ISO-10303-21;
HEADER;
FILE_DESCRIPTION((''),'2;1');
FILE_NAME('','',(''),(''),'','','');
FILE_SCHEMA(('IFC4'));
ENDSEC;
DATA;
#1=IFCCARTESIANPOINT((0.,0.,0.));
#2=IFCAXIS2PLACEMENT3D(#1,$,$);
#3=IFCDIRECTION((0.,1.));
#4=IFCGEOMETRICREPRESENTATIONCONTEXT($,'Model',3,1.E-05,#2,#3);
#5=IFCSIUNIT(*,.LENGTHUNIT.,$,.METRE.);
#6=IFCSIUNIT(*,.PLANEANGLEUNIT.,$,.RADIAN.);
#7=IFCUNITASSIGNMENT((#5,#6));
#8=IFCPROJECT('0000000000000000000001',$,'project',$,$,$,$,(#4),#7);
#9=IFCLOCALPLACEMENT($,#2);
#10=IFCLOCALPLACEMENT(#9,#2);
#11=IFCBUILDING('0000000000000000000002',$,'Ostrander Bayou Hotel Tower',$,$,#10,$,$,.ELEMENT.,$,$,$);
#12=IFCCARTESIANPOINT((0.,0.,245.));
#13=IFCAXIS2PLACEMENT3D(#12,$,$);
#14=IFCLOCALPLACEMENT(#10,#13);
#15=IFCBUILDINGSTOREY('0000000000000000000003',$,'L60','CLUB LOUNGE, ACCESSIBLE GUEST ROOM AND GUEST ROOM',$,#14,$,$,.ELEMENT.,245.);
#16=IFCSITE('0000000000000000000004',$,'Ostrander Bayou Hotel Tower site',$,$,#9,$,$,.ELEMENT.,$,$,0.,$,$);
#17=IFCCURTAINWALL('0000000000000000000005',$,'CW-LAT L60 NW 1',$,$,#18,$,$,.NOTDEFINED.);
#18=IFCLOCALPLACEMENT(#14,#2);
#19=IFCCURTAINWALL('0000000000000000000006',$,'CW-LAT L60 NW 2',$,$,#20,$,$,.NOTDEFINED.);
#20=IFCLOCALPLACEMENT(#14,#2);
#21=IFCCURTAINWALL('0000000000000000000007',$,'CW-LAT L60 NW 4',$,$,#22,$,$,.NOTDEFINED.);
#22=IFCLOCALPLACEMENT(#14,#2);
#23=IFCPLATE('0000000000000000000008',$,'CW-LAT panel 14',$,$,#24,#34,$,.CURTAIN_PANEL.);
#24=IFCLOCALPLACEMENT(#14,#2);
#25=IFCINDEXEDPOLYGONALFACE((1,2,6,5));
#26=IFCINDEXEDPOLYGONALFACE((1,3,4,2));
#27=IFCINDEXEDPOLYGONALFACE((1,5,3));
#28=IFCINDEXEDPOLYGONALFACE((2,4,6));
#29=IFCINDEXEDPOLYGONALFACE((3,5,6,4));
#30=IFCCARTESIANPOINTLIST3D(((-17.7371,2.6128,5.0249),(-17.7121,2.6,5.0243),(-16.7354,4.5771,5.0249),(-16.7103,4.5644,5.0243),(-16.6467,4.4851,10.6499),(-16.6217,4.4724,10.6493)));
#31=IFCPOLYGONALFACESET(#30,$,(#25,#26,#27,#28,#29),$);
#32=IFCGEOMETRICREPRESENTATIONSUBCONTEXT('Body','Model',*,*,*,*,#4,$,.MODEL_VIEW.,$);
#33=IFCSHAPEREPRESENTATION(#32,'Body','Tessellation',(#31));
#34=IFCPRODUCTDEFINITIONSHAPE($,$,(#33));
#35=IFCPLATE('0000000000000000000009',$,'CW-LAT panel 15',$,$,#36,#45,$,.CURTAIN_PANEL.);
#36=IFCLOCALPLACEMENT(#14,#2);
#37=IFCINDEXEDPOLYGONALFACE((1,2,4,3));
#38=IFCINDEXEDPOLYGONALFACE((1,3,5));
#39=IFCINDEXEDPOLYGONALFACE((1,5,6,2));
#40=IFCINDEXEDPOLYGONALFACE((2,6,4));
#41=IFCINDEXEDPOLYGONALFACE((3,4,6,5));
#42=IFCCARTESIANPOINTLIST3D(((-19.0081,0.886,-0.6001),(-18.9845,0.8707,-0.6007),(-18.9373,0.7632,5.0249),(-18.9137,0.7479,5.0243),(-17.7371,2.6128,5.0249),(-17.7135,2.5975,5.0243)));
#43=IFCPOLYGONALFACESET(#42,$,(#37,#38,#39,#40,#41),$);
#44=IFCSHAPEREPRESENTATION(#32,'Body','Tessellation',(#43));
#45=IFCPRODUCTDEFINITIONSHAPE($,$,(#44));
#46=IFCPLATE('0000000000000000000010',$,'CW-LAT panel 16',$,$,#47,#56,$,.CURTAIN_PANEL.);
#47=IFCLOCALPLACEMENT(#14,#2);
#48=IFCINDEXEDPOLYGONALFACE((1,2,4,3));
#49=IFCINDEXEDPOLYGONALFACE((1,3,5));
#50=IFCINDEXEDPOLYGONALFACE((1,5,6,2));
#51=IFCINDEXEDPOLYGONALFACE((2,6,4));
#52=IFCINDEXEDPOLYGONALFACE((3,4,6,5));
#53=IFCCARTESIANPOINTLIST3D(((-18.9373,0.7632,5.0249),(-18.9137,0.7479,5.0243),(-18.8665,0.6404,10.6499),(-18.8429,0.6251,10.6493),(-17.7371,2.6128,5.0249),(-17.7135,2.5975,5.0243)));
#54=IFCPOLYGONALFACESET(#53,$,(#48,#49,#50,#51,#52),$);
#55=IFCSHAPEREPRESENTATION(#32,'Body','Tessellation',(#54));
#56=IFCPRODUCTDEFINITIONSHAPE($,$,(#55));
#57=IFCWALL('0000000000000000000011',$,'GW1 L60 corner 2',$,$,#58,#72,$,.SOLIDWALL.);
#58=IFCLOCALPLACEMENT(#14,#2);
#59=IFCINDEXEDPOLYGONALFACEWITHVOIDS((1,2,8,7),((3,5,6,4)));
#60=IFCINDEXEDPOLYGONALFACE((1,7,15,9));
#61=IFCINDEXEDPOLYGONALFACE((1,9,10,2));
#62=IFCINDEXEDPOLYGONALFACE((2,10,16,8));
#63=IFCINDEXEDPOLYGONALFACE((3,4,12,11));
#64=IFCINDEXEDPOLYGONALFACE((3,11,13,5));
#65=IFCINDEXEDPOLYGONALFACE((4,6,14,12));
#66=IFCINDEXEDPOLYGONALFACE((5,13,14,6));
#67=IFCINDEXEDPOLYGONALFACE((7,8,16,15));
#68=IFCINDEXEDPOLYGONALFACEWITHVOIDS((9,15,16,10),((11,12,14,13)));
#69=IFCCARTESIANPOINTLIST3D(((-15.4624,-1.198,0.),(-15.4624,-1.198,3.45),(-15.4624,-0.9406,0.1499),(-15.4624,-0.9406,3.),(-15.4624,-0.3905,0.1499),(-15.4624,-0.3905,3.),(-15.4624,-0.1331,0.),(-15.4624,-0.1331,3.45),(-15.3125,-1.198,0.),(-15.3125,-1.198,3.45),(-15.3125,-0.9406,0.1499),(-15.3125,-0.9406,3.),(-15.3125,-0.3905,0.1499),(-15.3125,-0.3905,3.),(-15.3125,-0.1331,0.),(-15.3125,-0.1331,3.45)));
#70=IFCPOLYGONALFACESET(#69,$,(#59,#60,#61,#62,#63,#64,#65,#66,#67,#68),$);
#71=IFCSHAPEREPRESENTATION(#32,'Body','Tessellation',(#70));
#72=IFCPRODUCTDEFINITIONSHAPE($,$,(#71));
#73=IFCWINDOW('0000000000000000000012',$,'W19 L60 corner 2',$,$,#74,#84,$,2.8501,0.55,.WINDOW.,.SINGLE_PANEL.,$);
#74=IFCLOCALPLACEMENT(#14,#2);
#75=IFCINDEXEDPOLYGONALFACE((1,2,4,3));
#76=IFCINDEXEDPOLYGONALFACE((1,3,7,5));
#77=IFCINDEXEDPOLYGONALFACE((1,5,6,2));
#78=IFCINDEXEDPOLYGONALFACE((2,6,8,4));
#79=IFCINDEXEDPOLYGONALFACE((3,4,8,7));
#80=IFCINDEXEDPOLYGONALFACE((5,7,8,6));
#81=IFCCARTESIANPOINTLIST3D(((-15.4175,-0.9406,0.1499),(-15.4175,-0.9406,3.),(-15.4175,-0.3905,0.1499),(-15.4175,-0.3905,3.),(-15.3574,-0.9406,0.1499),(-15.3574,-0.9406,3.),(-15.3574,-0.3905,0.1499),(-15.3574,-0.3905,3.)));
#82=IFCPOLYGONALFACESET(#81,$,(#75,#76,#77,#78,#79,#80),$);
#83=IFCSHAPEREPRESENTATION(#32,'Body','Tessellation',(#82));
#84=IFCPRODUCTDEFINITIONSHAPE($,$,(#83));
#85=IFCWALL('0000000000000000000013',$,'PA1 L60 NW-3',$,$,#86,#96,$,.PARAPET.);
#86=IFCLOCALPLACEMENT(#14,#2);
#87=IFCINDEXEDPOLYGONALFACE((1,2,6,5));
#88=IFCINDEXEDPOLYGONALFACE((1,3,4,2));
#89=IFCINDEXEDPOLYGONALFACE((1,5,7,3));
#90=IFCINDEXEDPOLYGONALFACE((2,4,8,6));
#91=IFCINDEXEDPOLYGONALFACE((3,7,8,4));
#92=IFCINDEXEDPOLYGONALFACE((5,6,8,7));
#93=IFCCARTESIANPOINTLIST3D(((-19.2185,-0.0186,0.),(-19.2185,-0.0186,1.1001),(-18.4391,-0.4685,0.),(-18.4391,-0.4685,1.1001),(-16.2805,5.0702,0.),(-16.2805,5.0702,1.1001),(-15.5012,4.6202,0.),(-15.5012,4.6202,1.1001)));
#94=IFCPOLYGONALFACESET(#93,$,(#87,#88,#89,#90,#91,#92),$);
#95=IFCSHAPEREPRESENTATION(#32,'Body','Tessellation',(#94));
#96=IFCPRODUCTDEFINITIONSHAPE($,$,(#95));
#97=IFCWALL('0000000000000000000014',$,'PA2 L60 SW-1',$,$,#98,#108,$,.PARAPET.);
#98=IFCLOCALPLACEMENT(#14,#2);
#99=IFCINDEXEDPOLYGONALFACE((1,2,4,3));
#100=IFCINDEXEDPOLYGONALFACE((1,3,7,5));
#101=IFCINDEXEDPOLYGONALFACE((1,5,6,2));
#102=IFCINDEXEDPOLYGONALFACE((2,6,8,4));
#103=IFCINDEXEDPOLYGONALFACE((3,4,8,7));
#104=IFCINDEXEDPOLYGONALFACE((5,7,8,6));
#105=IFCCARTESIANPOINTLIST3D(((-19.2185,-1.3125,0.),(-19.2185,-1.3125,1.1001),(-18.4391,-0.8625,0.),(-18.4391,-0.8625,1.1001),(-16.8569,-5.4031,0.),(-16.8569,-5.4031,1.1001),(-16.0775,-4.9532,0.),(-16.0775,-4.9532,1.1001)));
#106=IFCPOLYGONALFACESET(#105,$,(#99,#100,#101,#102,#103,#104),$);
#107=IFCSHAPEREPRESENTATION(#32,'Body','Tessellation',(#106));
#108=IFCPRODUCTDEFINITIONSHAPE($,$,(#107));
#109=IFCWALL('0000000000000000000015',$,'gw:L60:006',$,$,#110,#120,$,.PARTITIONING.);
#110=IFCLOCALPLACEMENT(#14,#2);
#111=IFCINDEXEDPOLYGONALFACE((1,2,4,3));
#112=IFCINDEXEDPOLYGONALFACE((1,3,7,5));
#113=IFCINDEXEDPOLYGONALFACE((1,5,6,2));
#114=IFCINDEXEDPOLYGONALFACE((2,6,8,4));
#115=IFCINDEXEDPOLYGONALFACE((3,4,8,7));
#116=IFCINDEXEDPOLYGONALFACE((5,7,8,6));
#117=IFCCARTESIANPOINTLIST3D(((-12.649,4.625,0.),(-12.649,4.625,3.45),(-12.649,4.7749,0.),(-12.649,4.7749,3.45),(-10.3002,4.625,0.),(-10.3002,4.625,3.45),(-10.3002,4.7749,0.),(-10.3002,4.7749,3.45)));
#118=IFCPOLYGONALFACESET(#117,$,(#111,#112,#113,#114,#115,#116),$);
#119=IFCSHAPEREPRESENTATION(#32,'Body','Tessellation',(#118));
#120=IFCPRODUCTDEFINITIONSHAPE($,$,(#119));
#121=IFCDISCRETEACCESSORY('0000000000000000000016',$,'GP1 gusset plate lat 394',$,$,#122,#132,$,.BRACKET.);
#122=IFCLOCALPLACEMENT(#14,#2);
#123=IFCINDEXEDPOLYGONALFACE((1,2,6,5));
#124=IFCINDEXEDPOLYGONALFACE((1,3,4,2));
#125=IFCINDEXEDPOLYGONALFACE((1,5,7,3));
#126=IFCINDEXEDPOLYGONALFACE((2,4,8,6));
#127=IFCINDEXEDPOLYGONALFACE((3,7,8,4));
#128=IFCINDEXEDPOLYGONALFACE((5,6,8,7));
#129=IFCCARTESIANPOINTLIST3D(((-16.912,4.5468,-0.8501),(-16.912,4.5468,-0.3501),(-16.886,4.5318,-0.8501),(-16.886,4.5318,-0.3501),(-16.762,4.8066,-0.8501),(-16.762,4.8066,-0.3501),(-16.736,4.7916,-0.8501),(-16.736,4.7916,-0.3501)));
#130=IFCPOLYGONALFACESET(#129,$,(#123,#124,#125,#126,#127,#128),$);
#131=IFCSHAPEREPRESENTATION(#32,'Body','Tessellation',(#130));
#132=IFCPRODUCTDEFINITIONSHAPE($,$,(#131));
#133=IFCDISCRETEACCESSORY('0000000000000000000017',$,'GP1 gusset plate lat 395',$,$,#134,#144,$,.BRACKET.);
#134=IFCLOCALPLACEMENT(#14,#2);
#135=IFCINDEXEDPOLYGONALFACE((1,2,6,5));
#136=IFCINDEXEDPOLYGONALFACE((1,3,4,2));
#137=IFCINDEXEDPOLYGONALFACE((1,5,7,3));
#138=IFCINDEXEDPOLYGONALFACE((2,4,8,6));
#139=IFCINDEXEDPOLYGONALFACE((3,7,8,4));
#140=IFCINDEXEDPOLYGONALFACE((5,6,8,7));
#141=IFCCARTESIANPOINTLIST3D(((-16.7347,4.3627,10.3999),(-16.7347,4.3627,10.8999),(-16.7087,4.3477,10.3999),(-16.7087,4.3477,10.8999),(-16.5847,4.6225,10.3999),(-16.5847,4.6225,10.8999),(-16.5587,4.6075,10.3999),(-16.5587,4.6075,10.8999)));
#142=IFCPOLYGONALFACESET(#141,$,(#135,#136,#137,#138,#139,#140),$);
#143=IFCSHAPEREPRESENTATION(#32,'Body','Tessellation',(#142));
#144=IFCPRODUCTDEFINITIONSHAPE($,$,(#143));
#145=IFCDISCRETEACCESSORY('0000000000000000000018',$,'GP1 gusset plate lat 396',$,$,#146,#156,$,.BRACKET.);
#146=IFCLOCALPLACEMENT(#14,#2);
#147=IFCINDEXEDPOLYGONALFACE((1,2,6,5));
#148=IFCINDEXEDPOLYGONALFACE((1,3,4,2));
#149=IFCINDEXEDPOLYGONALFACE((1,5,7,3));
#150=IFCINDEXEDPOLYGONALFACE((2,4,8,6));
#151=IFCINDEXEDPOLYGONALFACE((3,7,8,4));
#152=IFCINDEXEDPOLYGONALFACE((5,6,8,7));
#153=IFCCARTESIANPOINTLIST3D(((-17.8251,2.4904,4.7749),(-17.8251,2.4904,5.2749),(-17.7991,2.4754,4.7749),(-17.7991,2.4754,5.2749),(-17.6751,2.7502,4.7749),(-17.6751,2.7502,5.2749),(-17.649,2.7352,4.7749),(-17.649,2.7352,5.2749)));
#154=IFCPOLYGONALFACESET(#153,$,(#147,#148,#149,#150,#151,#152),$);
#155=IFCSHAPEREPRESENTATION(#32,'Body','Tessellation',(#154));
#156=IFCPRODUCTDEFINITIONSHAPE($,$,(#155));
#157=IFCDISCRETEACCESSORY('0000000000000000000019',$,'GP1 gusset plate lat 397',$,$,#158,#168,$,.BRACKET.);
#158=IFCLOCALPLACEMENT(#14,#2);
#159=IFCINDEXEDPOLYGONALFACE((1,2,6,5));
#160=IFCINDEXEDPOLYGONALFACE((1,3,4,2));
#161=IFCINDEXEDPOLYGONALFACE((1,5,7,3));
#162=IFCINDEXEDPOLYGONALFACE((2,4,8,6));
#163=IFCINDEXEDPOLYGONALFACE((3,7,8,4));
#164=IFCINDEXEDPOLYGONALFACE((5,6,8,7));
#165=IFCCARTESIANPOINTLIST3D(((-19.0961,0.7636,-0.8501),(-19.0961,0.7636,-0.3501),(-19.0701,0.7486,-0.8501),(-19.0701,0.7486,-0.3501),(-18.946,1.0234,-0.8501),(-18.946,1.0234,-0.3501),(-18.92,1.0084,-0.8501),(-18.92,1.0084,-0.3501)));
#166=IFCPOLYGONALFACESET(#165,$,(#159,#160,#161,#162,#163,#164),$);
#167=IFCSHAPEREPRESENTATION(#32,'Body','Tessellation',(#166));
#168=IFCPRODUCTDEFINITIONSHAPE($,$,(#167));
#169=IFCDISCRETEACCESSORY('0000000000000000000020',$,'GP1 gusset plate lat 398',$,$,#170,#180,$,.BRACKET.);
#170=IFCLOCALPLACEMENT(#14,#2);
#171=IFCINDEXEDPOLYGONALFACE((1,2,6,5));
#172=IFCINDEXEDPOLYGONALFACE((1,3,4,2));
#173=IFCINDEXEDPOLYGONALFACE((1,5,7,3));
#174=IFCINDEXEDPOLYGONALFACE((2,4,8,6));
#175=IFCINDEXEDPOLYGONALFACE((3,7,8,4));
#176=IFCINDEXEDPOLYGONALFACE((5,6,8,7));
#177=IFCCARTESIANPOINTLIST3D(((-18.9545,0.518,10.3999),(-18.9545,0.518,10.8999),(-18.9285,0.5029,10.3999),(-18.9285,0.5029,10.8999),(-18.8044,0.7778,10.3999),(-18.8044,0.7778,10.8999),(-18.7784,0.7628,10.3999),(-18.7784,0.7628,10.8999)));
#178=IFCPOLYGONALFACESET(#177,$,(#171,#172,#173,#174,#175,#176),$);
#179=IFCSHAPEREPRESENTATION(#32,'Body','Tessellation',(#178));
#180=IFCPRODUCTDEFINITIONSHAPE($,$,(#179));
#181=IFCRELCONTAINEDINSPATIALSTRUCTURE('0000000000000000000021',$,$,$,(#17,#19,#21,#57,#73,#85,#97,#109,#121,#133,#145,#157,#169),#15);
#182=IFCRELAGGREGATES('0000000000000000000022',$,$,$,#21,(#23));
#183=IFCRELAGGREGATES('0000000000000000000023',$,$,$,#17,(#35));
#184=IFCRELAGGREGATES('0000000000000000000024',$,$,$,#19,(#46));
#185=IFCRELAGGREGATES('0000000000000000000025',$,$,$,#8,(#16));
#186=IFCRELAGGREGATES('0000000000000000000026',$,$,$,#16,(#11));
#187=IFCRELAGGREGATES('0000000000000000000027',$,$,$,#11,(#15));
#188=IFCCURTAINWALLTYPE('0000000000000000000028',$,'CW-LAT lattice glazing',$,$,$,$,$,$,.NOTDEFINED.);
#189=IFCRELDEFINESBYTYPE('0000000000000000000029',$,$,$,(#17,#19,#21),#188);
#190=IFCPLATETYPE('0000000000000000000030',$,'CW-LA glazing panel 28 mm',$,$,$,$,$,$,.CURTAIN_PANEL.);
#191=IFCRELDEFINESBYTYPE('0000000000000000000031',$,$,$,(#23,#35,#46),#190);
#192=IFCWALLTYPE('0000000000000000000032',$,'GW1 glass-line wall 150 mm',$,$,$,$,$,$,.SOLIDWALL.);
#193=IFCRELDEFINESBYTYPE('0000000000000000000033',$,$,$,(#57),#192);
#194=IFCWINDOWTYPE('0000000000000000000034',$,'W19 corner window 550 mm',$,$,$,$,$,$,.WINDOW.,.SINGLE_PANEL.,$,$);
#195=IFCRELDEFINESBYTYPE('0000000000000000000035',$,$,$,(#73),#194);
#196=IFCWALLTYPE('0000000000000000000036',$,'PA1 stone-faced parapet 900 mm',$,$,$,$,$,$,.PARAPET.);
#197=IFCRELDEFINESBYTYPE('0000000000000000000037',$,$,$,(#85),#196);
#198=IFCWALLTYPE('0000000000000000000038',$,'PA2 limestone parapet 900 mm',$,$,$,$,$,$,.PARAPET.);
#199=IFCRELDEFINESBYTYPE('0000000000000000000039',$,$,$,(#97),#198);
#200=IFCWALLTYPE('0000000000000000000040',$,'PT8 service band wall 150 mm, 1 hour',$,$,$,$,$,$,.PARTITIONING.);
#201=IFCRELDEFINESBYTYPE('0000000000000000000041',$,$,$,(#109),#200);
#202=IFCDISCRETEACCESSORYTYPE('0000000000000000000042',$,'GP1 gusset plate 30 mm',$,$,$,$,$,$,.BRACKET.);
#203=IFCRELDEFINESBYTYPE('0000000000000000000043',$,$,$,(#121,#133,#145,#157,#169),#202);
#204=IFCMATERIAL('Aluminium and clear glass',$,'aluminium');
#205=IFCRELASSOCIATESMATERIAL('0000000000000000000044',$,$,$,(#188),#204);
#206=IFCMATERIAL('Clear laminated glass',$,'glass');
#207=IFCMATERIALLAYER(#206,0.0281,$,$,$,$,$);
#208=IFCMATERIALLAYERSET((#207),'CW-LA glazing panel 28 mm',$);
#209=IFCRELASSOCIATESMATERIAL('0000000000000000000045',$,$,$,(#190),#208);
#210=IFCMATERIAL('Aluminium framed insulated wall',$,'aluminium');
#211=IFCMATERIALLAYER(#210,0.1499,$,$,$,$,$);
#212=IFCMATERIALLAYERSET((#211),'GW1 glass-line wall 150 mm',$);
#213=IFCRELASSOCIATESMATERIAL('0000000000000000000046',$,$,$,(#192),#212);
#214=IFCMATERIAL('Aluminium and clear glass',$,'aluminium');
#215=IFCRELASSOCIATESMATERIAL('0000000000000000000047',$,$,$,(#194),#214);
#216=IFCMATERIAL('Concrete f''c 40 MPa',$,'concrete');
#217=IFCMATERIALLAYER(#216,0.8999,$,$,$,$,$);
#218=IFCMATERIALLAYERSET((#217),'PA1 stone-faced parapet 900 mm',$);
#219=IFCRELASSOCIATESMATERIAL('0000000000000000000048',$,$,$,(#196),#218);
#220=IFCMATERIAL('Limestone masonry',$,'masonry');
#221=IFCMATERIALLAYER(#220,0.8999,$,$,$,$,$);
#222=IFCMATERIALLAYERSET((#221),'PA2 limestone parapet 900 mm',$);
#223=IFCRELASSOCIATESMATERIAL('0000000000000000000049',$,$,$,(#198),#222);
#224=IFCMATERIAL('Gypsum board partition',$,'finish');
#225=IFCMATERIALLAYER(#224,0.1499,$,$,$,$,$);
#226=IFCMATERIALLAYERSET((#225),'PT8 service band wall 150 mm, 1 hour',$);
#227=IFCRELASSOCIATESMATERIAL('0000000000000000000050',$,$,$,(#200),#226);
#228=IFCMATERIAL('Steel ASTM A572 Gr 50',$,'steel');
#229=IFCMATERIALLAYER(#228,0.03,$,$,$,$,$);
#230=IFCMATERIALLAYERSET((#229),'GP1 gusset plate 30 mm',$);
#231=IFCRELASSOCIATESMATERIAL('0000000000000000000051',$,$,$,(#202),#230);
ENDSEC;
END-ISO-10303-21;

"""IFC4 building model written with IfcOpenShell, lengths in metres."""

from ifc_helpers import new_model, si_unit, direction, frame, frame_2d, origin, origin_2d, place, context, subcontext, project, spatial, polyline, rectangle, outline, extrude, material, layer, layer_set, type_object, element, fill, aggregate, save


model = new_model("IFC4")

# Units and contexts
model_context = context("Model", 3, precision=1e-05, world=origin(), true_north=direction((0.0, 1.0)))
body_context = subcontext(model_context, "Body", "Model", "MODEL_VIEW")
ifc_project = project(units=[si_unit("LENGTHUNIT", "METRE"), si_unit("PLANEANGLEUNIT", "RADIAN")], contexts=[model_context])

# Site, building, storey
site_placement = place(None, origin())
site = spatial("IfcSite", under=ifc_project, at=site_placement, Name="Ostrander Bayou Hotel Tower site", CompositionType="ELEMENT", RefElevation=0.0)
building_placement = place(site_placement, origin())
building = spatial("IfcBuilding", under=site, at=building_placement, Name="Ostrander Bayou Hotel Tower", CompositionType="ELEMENT")
storey_placement = place(building_placement, frame((0.0, 0.0, 245.0)))
storey = spatial("IfcBuildingStorey", under=building, at=storey_placement, Name="L60", Description="CLUB LOUNGE, ACCESSIBLE GUEST ROOM AND GUEST ROOM", CompositionType="ELEMENT", Elevation=245.0)

# Curtain walls
ifc_material_1 = material(Name="Aluminium and clear glass", Category="aluminium")
curtain_wall_type = type_object("IfcCurtainWallType", Name="CW-LAT lattice glazing", PredefinedType="NOTDEFINED", material=ifc_material_1)
curtain_wall_1_placement = place(storey_placement, origin())
curtain_wall_1 = element("IfcCurtainWall", 1, at=curtain_wall_1_placement, inside=storey, type_object=curtain_wall_type, Name="CW-LAT L60 NW 1", PredefinedType="NOTDEFINED")
curtain_wall_2_placement = place(storey_placement, origin())
curtain_wall_2 = element("IfcCurtainWall", 2, at=curtain_wall_2_placement, inside=storey, type_object=curtain_wall_type, Name="CW-LAT L60 NW 2", PredefinedType="NOTDEFINED")

# Curtain wall, plate
ifc_material_2 = material(Name="Clear laminated glass", Category="glass")
ifc_layer_1 = layer(ifc_material_2, 0.0281)
ifc_layer_set_1 = layer_set([ifc_layer_1], Name="CW-LA glazing panel 28 mm")
plate_type = type_object("IfcPlateType", Name="CW-LA glazing panel 28 mm", PredefinedType="CURTAIN_PANEL", material=ifc_layer_set_1)
curtain_wall_3_placement = place(storey_placement, origin())
curtain_wall_3 = element("IfcCurtainWall", 3, at=curtain_wall_3_placement, inside=storey, type_object=curtain_wall_type, Name="CW-LAT L60 NW 4", PredefinedType="NOTDEFINED")
plate_1_placement = place(storey_placement, frame((-17.7371, 2.6128, 5.0249), z_axis=(-0.890651, 0.454181, 0.021464), x_axis=(0.180882, 0.310611, 0.933168)))
plate_1 = element("IfcPlate", 4, at=plate_1_placement, type_object=plate_type, Name="CW-LAT panel 14", PredefinedType="CURTAIN_PANEL", context=body_context, shape_type="SweptSolid", body=[
    extrude(outline(polyline([(0.0, 0.0), (6.0279, 0.0), (0.7913, 2.0581), (0.0, 0.0)])), origin(), (0.0, 0.0, -1.0), 0.0281),
])
aggregate(curtain_wall_3, [plate_1])

# Plates
plate_2_placement = place(storey_placement, frame((-17.7371, 2.6128, 5.0249), z_axis=(-0.838657, 0.544197, 0.022437), x_axis=(-0.211136, -0.286855, -0.934417)))
plate_2 = element("IfcPlate", 5, at=plate_2_placement, type_object=plate_type, Name="CW-LAT panel 15", PredefinedType="CURTAIN_PANEL", context=body_context, shape_type="SweptSolid", body=[
    extrude(outline(polyline([(0.0, 0.0), (6.0198, 0.0), (0.784, 2.0608), (0.0, 0.0)])), origin(), (0.0, 0.0, -1.0), 0.0281),
])
aggregate(curtain_wall_1, [plate_2])
plate_3_placement = place(storey_placement, frame((-17.7371, 2.6128, 5.0249), z_axis=(-0.838657, 0.544197, 0.022437), x_axis=(-0.186159, -0.325114, 0.927171)))
plate_3 = element("IfcPlate", 6, at=plate_3_placement, type_object=plate_type, Name="CW-LAT panel 16", PredefinedType="CURTAIN_PANEL", context=body_context, shape_type="SweptSolid", body=[
    extrude(outline(polyline([(0.0, 0.0), (6.0668, 0.0), (0.8248, -2.0448), (0.0, 0.0)])), origin(), (0.0, 0.0, -1.0), 0.0281),
])
aggregate(curtain_wall_2, [plate_3])

# Wall, opening, window
ifc_material_3 = material(Name="Aluminium framed insulated wall", Category="aluminium")
ifc_layer_2 = layer(ifc_material_3, 0.1499)
ifc_layer_set_2 = layer_set([ifc_layer_2], Name="GW1 glass-line wall 150 mm")
wall_type_1 = type_object("IfcWallType", Name="GW1 glass-line wall 150 mm", PredefinedType="SOLIDWALL", material=ifc_layer_set_2)
wall_1_placement = place(storey_placement, frame((-15.3875, -0.1331, 0.0), z_axis=(0.0, 0.0, 1.0), x_axis=(0.0, -1.0, 0.0)))
wall_1 = element("IfcWall", 7, at=wall_1_placement, inside=storey, type_object=wall_type_1, Name="GW1 L60 corner 2", PredefinedType="SOLIDWALL", context=body_context, shape_type="SweptSolid", body=[
    extrude(rectangle(XDim=1.0649, YDim=0.1499, at=frame_2d((0.5325, 0.0))), origin(), (0.0, 0.0, 1.0), 3.45),
])
opening_placement = place(wall_1_placement, frame((0.2576, 0.0, 0.1499)))
opening = element("IfcOpeningElement", 8, at=opening_placement, cuts=wall_1, PredefinedType="OPENING", context=body_context, shape_type="SweptSolid", body=[
    extrude(rectangle(XDim=0.55, YDim=2.8501, at=frame_2d((0.2749, 1.425))), frame((0.0, 0.075, 0.0), z_axis=(0.0, -1.0, 0.0), x_axis=(1.0, 0.0, 0.0)), (0.0, 0.0, 1.0), 0.1499),
])
ifc_material_4 = material(Name="Aluminium and clear glass", Category="aluminium")
window_type = type_object("IfcWindowType", Name="W19 corner window 550 mm", PartitioningType="SINGLE_PANEL", PredefinedType="WINDOW", material=ifc_material_4)
window_placement = place(opening_placement, origin())
window = element("IfcWindow", 9, at=window_placement, inside=storey, type_object=window_type, Name="W19 L60 corner 2", OverallHeight=2.8501, OverallWidth=0.55, PartitioningType="SINGLE_PANEL", PredefinedType="WINDOW", context=body_context, shape_type="SweptSolid", body=[
    extrude(rectangle(XDim=0.55, YDim=2.8501, at=frame_2d((0.2749, 1.425))), frame((0.0, 0.03, 0.0), z_axis=(0.0, -1.0, 0.0), x_axis=(1.0, 0.0, 0.0)), (0.0, 0.0, 1.0), 0.0601),
])
fill(opening, window)

# Walls
ifc_material_5 = material(Name="Concrete f'c 40 MPa", Category="concrete")
ifc_layer_3 = layer(ifc_material_5, 0.8999)
ifc_layer_set_3 = layer_set([ifc_layer_3], Name="PA1 stone-faced parapet 900 mm")
wall_type_2 = type_object("IfcWallType", Name="PA1 stone-faced parapet 900 mm", PredefinedType="PARAPET", material=ifc_layer_set_3)
wall_2_placement = place(storey_placement, frame((-15.8909, 4.8452, 0.0), z_axis=(0.0, 0.0, 1.0), x_axis=(-0.499991, -0.866031, 0.0)))
element("IfcWall", 10, at=wall_2_placement, inside=storey, type_object=wall_type_2, Name="PA1 L60 NW-3", PredefinedType="PARAPET", context=body_context, shape_type="SweptSolid", body=[
    extrude(rectangle(XDim=5.876, YDim=0.8999, at=frame_2d((2.938, 0.0))), origin(), (0.0, 0.0, 1.0), 1.1001),
])
ifc_material_6 = material(Name="Limestone masonry", Category="masonry")
ifc_layer_4 = layer(ifc_material_6, 0.8999)
ifc_layer_set_4 = layer_set([ifc_layer_4], Name="PA2 limestone parapet 900 mm")
wall_type_3 = type_object("IfcWallType", Name="PA2 limestone parapet 900 mm", PredefinedType="PARAPET", material=ifc_layer_set_4)
wall_3_placement = place(storey_placement, frame((-18.8289, -1.0874, 0.0), z_axis=(0.0, 0.0, 1.0), x_axis=(0.49998, -0.866037, 0.0)))
element("IfcWall", 11, at=wall_3_placement, inside=storey, type_object=wall_type_3, Name="PA2 L60 SW-1", PredefinedType="PARAPET", context=body_context, shape_type="SweptSolid", body=[
    extrude(rectangle(XDim=4.7234, YDim=0.8999, at=frame_2d((2.3618, 0.0))), origin(), (0.0, 0.0, 1.0), 1.1001),
])
ifc_material_7 = material(Name="Gypsum board partition", Category="finish")
ifc_layer_5 = layer(ifc_material_7, 0.1499)
ifc_layer_set_5 = layer_set([ifc_layer_5], Name="PT8 service band wall 150 mm, 1 hour")
wall_type_4 = type_object("IfcWallType", Name="PT8 service band wall 150 mm, 1 hour", PredefinedType="PARTITIONING", material=ifc_layer_set_5)
wall_4_placement = place(storey_placement, frame((-12.6489, 4.7, 0.0), z_axis=(0.0, 0.0, 1.0), x_axis=(1.0, 0.0, 0.0)))
element("IfcWall", 12, at=wall_4_placement, inside=storey, type_object=wall_type_4, Name="gw:L60:006", PredefinedType="PARTITIONING", context=body_context, shape_type="SweptSolid", body=[
    extrude(rectangle(XDim=2.3489, YDim=0.1499, at=frame_2d((1.1743, 0.0))), origin(), (0.0, 0.0, 1.0), 3.45),
])

# Discrete accessories
ifc_material_8 = material(Name="Steel ASTM A572 Gr 50", Category="steel")
ifc_layer_6 = layer(ifc_material_8, 0.03)
ifc_layer_set_6 = layer_set([ifc_layer_6], Name="GP1 gusset plate 30 mm")
discrete_accessory_type = type_object("IfcDiscreteAccessoryType", Name="GP1 gusset plate 30 mm", PredefinedType="BRACKET", material=ifc_layer_set_6)
for number, where, z_axis, x_axis, name in (
    (13, (-16.824, 4.6692, -0.8501), (0.0, 0.0, 1.0), (-0.5, -0.866025, 0.0), "GP1 gusset plate lat 394"),
    (14, (-16.6467, 4.4851, 10.3999), (0.0, 0.0, 1.0), (-0.5, -0.866025, 0.0), "GP1 gusset plate lat 395"),
    (15, (-17.7371, 2.6128, 4.7749), (0.0, 0.0, 1.0), (-0.5, -0.866025, 0.0), "GP1 gusset plate lat 396"),
    (16, (-19.0081, 0.886, -0.8501), (0.0, 0.0, 1.0), (-0.5, -0.866025, 0.0), "GP1 gusset plate lat 397"),
    (17, (-18.8665, 0.6404, 10.3999), (0.0, 0.0, 1.0), (-0.5, -0.866025, 0.0), "GP1 gusset plate lat 398"),
):
    element("IfcDiscreteAccessory", number, at=place(storey_placement, frame(where, z_axis=z_axis, x_axis=x_axis)), inside=storey, type_object=discrete_accessory_type, Name=name, PredefinedType="BRACKET", context=body_context, shape_type="SweptSolid", body=[
        extrude(rectangle(XDim=0.3, YDim=0.03, at=origin_2d()), origin(), (0.0, 0.0, 1.0), 0.5),
    ])

save(model, "model.ifc")
